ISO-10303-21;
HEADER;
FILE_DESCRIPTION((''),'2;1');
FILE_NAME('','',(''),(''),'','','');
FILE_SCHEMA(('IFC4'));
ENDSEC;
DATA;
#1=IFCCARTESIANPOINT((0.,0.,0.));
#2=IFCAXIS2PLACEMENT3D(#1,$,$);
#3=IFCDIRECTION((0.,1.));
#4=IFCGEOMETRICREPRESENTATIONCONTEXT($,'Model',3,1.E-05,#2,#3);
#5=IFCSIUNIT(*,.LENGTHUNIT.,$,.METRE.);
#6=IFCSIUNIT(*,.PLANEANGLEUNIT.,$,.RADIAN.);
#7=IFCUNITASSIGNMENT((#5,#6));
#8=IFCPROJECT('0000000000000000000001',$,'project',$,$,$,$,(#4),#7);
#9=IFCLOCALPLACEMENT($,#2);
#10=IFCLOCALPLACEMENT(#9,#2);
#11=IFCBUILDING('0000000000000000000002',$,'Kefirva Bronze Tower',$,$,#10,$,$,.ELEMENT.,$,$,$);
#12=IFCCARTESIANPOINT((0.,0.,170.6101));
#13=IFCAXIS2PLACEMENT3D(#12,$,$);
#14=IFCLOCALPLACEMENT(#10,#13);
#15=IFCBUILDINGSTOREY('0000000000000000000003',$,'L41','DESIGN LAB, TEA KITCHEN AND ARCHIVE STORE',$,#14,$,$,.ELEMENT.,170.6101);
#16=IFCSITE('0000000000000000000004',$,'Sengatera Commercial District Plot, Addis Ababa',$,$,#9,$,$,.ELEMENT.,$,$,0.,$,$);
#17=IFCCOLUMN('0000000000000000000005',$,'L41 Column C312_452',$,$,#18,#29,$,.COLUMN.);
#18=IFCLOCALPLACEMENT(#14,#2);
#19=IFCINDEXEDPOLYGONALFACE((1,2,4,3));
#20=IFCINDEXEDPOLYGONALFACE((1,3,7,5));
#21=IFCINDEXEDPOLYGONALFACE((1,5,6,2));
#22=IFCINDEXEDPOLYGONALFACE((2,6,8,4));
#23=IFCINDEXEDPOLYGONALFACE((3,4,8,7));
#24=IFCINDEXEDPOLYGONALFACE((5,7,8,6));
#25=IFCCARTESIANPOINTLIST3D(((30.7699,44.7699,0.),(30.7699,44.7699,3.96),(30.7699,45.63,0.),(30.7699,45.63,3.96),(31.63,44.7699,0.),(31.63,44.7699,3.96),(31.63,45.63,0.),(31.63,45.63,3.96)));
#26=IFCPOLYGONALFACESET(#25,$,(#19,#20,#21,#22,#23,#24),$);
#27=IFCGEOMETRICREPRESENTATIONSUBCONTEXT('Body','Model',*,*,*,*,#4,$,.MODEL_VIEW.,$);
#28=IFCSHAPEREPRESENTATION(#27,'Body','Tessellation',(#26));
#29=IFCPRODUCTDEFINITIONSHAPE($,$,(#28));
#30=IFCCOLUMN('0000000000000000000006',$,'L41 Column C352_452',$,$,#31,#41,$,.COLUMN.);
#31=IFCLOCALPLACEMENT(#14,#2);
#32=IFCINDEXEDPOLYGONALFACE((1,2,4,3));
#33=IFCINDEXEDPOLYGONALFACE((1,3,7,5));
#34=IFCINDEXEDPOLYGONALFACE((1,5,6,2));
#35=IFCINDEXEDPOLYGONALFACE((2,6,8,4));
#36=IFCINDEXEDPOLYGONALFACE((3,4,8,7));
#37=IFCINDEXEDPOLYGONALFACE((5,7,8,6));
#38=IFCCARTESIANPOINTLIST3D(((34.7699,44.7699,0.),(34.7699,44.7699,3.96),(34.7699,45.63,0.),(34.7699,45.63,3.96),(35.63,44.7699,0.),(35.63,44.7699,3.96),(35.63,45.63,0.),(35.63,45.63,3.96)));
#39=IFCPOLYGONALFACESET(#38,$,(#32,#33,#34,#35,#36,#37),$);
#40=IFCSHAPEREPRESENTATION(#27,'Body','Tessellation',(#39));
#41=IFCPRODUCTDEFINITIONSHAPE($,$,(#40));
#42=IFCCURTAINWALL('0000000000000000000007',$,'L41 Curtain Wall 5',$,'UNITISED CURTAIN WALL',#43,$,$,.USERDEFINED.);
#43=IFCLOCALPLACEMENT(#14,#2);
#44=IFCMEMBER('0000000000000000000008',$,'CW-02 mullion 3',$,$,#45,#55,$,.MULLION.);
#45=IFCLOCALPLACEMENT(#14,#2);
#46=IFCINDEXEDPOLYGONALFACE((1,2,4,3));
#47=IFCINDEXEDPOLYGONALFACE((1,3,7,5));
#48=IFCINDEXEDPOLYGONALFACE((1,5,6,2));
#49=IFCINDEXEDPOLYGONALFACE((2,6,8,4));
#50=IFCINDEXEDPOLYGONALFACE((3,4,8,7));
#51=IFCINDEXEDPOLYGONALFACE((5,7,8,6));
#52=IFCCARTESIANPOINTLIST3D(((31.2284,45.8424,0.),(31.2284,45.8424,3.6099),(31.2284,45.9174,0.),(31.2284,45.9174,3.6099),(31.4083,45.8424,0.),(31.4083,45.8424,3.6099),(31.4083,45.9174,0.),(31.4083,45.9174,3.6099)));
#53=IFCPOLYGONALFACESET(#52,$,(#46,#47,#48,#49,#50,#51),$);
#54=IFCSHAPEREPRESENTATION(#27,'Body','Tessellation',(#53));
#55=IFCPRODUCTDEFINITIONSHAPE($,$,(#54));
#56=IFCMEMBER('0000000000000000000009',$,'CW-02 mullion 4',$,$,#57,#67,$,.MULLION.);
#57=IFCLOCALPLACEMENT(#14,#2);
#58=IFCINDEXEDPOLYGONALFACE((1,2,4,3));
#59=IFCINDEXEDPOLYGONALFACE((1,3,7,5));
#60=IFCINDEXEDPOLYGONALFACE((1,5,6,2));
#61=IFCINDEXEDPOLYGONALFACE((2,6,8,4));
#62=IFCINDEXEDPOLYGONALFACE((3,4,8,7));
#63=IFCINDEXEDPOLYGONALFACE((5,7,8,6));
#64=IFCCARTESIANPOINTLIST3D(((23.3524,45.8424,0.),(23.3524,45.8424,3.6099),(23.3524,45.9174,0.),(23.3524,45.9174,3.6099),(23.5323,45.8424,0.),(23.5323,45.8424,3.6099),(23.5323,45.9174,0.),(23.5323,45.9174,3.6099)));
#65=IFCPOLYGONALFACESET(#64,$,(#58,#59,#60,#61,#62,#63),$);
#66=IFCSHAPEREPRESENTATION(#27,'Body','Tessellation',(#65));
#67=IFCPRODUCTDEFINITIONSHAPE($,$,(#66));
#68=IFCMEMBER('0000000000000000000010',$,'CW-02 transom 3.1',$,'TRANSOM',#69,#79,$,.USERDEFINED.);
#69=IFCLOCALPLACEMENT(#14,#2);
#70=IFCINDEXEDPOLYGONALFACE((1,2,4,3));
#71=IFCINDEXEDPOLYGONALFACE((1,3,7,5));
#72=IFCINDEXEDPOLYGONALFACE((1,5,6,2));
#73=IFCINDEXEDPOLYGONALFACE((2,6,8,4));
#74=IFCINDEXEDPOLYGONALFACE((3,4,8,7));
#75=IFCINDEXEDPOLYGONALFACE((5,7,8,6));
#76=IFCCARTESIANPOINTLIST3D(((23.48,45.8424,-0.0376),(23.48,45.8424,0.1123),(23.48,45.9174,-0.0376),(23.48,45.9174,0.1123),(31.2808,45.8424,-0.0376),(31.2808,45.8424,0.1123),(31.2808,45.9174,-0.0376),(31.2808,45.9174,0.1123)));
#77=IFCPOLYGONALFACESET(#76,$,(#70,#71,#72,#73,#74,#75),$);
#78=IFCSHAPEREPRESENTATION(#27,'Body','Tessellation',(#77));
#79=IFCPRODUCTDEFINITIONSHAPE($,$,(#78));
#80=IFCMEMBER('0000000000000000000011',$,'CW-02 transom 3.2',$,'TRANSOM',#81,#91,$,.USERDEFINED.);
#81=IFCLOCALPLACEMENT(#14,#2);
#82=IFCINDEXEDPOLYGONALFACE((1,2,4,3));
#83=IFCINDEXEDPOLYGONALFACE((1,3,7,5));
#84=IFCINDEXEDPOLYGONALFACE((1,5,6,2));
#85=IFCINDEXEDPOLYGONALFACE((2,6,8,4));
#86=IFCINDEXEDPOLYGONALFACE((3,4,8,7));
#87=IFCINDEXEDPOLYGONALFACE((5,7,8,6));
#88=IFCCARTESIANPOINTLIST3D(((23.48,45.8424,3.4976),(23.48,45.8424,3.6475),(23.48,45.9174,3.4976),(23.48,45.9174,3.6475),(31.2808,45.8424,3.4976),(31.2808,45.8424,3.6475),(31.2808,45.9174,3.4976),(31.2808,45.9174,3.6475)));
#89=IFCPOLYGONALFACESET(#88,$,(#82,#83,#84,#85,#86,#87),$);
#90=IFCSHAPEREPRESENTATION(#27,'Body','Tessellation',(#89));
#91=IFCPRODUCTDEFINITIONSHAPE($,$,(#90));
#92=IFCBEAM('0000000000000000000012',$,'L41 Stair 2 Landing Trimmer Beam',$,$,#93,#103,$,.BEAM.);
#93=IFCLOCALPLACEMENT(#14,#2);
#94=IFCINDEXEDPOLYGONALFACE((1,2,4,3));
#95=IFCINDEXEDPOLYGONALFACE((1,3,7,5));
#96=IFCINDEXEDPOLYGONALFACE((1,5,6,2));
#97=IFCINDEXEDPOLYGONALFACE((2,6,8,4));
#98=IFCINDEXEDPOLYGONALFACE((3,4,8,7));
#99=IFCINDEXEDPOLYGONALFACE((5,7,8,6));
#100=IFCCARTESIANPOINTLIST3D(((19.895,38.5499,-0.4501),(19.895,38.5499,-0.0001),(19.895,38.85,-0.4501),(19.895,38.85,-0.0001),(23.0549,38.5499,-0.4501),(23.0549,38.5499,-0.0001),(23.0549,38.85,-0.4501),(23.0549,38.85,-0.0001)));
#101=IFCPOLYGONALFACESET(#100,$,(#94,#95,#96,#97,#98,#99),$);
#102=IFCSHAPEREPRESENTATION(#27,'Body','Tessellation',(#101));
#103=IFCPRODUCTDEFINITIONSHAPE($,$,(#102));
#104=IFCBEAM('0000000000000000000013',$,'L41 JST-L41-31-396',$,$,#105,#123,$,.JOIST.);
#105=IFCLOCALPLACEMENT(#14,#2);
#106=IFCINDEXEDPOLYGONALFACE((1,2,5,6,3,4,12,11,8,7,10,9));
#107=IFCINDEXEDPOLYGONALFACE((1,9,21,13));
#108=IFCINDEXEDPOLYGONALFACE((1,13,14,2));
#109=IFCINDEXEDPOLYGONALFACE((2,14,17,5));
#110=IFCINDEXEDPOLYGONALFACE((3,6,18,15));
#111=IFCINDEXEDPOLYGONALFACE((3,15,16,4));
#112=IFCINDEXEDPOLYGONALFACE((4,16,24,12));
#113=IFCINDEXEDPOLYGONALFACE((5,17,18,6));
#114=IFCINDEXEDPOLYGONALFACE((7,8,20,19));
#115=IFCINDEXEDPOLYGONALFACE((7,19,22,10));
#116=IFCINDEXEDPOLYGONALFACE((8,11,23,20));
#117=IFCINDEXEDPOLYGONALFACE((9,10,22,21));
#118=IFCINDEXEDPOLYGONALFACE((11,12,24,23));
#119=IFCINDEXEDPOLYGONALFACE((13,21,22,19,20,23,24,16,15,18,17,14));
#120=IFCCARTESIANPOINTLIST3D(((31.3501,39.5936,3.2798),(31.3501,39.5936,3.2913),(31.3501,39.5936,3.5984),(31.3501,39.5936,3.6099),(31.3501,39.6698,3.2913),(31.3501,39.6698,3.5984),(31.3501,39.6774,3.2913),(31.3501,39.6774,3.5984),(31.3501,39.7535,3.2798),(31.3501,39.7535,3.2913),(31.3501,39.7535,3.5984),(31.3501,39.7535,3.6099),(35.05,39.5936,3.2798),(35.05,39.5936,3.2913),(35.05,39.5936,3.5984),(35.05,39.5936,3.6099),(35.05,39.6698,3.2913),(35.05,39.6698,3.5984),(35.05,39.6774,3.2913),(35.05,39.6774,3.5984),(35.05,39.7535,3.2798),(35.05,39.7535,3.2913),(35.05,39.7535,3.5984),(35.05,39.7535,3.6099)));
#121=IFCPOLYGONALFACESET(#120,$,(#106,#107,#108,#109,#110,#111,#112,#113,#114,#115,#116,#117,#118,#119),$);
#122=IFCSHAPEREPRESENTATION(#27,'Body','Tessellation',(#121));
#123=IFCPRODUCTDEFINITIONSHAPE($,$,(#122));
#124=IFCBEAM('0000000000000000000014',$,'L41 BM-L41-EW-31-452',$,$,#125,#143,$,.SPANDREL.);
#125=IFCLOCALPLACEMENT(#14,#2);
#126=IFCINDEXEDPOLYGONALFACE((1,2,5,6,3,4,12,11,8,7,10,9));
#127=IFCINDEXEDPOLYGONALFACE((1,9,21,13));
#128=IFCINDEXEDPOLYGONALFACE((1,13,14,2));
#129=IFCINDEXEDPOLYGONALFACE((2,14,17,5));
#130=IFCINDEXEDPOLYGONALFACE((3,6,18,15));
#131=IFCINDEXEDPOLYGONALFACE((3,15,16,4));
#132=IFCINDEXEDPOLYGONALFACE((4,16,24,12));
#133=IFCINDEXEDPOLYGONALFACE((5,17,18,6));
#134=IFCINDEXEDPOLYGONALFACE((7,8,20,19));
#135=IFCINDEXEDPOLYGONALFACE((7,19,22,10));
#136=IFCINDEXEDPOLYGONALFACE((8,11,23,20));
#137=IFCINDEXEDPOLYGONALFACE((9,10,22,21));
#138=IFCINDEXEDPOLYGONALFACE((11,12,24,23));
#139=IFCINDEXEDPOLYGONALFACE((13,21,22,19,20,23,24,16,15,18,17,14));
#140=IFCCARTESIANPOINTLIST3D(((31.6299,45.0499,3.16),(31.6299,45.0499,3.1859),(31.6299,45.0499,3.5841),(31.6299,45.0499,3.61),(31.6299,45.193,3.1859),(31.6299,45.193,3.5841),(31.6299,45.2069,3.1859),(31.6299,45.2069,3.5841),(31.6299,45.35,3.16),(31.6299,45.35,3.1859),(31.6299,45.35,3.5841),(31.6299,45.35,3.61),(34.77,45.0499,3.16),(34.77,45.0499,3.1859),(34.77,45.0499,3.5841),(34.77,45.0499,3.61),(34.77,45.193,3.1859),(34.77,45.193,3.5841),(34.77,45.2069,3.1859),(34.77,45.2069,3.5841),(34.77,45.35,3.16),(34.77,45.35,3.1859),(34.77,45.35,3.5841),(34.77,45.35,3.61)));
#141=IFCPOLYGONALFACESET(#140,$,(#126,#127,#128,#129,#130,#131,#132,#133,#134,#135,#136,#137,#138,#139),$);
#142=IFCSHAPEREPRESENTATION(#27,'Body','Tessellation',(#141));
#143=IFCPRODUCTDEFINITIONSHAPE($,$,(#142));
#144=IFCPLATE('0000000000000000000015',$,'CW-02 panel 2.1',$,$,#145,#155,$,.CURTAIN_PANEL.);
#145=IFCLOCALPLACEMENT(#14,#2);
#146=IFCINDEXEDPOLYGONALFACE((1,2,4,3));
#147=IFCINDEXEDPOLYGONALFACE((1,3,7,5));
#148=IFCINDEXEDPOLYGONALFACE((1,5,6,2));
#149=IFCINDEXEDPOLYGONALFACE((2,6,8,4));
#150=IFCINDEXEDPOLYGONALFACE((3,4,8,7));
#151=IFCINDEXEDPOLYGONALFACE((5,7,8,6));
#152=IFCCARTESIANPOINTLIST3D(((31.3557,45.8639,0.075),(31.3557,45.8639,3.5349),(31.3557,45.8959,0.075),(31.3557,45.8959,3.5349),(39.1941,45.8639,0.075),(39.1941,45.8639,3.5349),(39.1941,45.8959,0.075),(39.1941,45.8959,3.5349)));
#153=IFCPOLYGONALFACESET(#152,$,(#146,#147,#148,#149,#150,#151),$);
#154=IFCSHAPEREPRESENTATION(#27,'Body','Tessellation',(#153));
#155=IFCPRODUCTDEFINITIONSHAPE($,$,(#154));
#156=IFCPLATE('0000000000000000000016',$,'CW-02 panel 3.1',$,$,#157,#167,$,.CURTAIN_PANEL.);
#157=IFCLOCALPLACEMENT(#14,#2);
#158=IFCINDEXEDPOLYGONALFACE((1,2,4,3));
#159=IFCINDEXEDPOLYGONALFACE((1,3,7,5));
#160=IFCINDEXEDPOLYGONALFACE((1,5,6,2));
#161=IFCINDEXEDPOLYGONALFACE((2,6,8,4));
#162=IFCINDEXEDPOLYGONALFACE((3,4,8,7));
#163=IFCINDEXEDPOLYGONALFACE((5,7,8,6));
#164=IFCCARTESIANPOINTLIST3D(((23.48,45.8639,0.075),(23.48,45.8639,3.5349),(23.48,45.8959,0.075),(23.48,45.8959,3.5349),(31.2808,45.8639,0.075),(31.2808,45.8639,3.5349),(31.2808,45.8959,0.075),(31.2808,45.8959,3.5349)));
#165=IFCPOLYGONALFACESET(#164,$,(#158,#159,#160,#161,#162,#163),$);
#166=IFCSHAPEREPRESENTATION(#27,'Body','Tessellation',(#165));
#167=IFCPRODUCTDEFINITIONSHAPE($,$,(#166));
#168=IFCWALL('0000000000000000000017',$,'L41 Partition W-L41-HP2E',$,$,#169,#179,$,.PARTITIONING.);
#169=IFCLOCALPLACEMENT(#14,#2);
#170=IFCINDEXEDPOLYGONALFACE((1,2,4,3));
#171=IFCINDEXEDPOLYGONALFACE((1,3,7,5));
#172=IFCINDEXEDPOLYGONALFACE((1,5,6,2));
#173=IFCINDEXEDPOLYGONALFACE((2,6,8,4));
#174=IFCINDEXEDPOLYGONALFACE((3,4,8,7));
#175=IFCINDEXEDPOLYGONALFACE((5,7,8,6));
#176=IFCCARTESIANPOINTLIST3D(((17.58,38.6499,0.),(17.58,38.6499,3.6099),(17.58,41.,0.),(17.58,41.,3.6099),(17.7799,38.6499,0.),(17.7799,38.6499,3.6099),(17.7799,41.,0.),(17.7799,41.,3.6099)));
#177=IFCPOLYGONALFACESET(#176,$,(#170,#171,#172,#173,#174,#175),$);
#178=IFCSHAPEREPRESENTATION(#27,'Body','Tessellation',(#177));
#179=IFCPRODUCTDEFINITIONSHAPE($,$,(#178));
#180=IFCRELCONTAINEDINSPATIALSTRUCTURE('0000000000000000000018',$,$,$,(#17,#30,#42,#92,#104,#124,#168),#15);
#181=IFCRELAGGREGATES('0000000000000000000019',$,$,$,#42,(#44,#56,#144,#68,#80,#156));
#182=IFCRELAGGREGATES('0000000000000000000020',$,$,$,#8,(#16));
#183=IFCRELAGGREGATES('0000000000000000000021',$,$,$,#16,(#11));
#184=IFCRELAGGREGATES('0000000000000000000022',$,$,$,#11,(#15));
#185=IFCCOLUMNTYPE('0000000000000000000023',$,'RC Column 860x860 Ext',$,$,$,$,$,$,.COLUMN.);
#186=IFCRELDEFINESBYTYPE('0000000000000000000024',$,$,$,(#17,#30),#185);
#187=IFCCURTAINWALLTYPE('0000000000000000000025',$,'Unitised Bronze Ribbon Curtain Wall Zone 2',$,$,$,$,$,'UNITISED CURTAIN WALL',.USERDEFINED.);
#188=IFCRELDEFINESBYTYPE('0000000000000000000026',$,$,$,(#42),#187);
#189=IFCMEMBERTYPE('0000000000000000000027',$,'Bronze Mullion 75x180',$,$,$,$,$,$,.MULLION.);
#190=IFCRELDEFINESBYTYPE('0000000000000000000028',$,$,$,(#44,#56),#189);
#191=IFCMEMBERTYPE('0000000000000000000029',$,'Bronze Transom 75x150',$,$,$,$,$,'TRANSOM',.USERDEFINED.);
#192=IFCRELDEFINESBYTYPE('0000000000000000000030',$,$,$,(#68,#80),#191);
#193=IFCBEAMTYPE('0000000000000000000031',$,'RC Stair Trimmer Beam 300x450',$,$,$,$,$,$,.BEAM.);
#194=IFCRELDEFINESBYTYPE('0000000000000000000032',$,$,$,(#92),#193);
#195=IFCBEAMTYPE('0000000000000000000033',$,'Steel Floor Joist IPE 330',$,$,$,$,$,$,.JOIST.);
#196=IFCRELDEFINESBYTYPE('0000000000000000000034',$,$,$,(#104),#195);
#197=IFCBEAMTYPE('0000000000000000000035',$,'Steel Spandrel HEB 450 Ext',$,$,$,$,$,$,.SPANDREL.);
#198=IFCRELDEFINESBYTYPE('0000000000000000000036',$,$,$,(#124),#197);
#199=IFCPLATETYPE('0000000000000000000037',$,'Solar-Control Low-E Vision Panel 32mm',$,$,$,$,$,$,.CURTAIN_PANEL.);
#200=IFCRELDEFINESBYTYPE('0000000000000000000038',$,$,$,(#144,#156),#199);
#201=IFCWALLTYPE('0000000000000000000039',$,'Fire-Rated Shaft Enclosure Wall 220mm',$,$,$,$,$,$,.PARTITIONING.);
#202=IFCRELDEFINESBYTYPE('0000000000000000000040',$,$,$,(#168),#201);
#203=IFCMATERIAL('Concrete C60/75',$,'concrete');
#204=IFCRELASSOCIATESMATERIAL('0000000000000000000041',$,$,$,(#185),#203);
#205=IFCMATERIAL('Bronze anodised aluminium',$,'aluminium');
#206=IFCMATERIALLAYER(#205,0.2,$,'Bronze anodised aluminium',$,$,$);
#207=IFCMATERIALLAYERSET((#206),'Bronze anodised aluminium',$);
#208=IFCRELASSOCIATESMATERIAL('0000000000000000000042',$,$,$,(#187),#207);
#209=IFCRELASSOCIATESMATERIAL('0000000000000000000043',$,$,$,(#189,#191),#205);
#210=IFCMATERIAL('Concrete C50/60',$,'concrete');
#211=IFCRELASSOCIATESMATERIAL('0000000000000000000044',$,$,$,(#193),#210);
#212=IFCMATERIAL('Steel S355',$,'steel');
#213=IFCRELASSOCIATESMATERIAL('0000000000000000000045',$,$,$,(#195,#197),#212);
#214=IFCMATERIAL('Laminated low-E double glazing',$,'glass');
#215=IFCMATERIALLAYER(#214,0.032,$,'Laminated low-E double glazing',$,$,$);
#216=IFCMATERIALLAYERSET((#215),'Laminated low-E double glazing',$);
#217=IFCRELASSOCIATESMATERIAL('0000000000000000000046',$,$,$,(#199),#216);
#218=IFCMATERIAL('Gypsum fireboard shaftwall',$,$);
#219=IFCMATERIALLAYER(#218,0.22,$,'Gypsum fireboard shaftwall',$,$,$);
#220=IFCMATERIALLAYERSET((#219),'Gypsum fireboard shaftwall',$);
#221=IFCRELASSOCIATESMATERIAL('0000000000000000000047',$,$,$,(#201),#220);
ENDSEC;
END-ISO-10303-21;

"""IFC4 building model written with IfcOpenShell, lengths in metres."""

from ifc_helpers import new_model, si_unit, direction, frame, frame_2d, origin, origin_2d, place, context, subcontext, project, spatial, rectangle, i_section, extrude, material, layer, layer_set, material_profile, profile_set, type_object, element, aggregate, save


model = new_model("IFC4")

# Units and contexts
model_context = context("Model", 3, precision=1e-05, world=origin(), true_north=direction((0.0, 1.0)))
body_context = subcontext(model_context, "Body", "Model", "MODEL_VIEW")
ifc_project = project(units=[si_unit("LENGTHUNIT", "METRE"), si_unit("PLANEANGLEUNIT", "RADIAN")], contexts=[model_context])

# Site, building, storey
site_placement = place(None, origin())
site = spatial("IfcSite", under=ifc_project, at=site_placement, Name="Sengatera Commercial District Plot, Addis Ababa", CompositionType="ELEMENT", RefElevation=0.0)
building_placement = place(site_placement, origin())
building = spatial("IfcBuilding", under=site, at=building_placement, Name="Kefirva Bronze Tower", CompositionType="ELEMENT")
storey_placement = place(building_placement, frame((0.0, 0.0, 170.6101)))
storey = spatial("IfcBuildingStorey", under=building, at=storey_placement, Name="L41", Description="DESIGN LAB, TEA KITCHEN AND ARCHIVE STORE", CompositionType="ELEMENT", Elevation=170.6101)

# Columns
ifc_material_1 = material(Name="Concrete C60/75", Category="concrete")
ifc_material_profile_1 = material_profile(ifc_material_1, rectangle(XDim=0.8601, YDim=0.8601, at=origin_2d()), Name="RC 860x860")
ifc_profile_set_1 = profile_set([ifc_material_profile_1], Name="Concrete C60/75")
column_type = type_object("IfcColumnType", Name="RC Column 860x860 Ext", PredefinedType="COLUMN", material=ifc_profile_set_1)
for number, where, z_axis, x_axis, name in (
    (1, (31.2, 45.2, 0.0), (0.0, 0.0, 1.0), (1.0, 0.0, 0.0), "L41 Column C312_452"),
    (2, (35.2, 45.2, 0.0), (0.0, 0.0, 1.0), (1.0, 0.0, 0.0), "L41 Column C352_452"),
):
    element("IfcColumn", number, at=place(storey_placement, frame(where, z_axis=z_axis, x_axis=x_axis)), inside=storey, type_object=column_type, Name=name, PredefinedType="COLUMN", context=body_context, shape_type="SweptSolid", body=[
        extrude(rectangle(XDim=0.8601, YDim=0.8601, at=origin_2d()), origin(), (0.0, 0.0, 1.0), 3.96),
    ])

# Curtain wall, members
ifc_material_2 = material(Name="Bronze anodised aluminium", Category="aluminium")
ifc_layer_1 = layer(ifc_material_2, 0.2, Name="Bronze anodised aluminium")
ifc_layer_set_1 = layer_set([ifc_layer_1], Name="Bronze anodised aluminium")
curtain_wall_type = type_object("IfcCurtainWallType", Name="Unitised Bronze Ribbon Curtain Wall Zone 2", ElementType="UNITISED CURTAIN WALL", PredefinedType="USERDEFINED", material=ifc_layer_set_1)
curtain_wall_placement = place(storey_placement, origin())
curtain_wall = element("IfcCurtainWall", 3, at=curtain_wall_placement, inside=storey, type_object=curtain_wall_type, Name="L41 Curtain Wall 5", ObjectType="UNITISED CURTAIN WALL", PredefinedType="USERDEFINED")
ifc_material_profile_2 = material_profile(ifc_material_2, rectangle(XDim=0.075, YDim=0.1799, at=origin_2d()), Name="ALU 75x180")
ifc_profile_set_2 = profile_set([ifc_material_profile_2], Name="Bronze anodised aluminium")
member_type_1 = type_object("IfcMemberType", Name="Bronze Mullion 75x180", PredefinedType="MULLION", material=ifc_profile_set_2)
member_1_placement = place(storey_placement, frame((31.3184, 45.8799, 0.0), z_axis=(0.0, 0.0, 1.0), x_axis=(0.0, -1.0, 0.0)))
member_1 = element("IfcMember", 4, at=member_1_placement, type_object=member_type_1, Name="CW-02 mullion 3", PredefinedType="MULLION", context=body_context, shape_type="SweptSolid", body=[
    extrude(rectangle(XDim=0.075, YDim=0.1799, at=origin_2d()), origin(), (0.0, 0.0, 1.0), 3.6099),
])
member_2_placement = place(storey_placement, frame((23.4424, 45.8799, 0.0), z_axis=(0.0, 0.0, 1.0), x_axis=(0.0, -1.0, 0.0)))
member_2 = element("IfcMember", 5, at=member_2_placement, type_object=member_type_1, Name="CW-02 mullion 4", PredefinedType="MULLION", context=body_context, shape_type="SweptSolid", body=[
    extrude(rectangle(XDim=0.075, YDim=0.1799, at=origin_2d()), origin(), (0.0, 0.0, 1.0), 3.6099),
])
ifc_material_profile_3 = material_profile(ifc_material_2, rectangle(XDim=0.075, YDim=0.1499, at=origin_2d()), Name="ALU 75x150")
ifc_profile_set_3 = profile_set([ifc_material_profile_3], Name="Bronze anodised aluminium")
member_type_2 = type_object("IfcMemberType", Name="Bronze Transom 75x150", ElementType="TRANSOM", PredefinedType="USERDEFINED", material=ifc_profile_set_3)
member_3_placement = place(storey_placement, frame((31.2808, 45.8799, 0.0374), z_axis=(-1.0, 0.0, 0.0), x_axis=(0.0, -1.0, 0.0)))
member_3 = element("IfcMember", 6, at=member_3_placement, type_object=member_type_2, Name="CW-02 transom 3.1", ObjectType="TRANSOM", PredefinedType="USERDEFINED", context=body_context, shape_type="SweptSolid", body=[
    extrude(rectangle(XDim=0.075, YDim=0.1499, at=origin_2d()), origin(), (0.0, 0.0, 1.0), 7.8008),
])
member_4_placement = place(storey_placement, frame((31.2808, 45.8799, 3.5725), z_axis=(-1.0, 0.0, 0.0), x_axis=(0.0, -1.0, 0.0)))
member_4 = element("IfcMember", 7, at=member_4_placement, type_object=member_type_2, Name="CW-02 transom 3.2", ObjectType="TRANSOM", PredefinedType="USERDEFINED", context=body_context, shape_type="SweptSolid", body=[
    extrude(rectangle(XDim=0.075, YDim=0.1499, at=origin_2d()), origin(), (0.0, 0.0, 1.0), 7.8008),
])

# Beams
ifc_material_3 = material(Name="Concrete C50/60", Category="concrete")
ifc_material_profile_4 = material_profile(ifc_material_3, rectangle(XDim=0.3, YDim=0.45, at=origin_2d()), Name="RC 300x450")
ifc_profile_set_4 = profile_set([ifc_material_profile_4], Name="Concrete C50/60")
beam_type_1 = type_object("IfcBeamType", Name="RC Stair Trimmer Beam 300x450", PredefinedType="BEAM", material=ifc_profile_set_4)
beam_1_placement = place(storey_placement, frame((19.895, 38.7, -0.2251), z_axis=(1.0, 0.0, 0.0), x_axis=(0.0, 1.0, 0.0)))
element("IfcBeam", 8, at=beam_1_placement, inside=storey, type_object=beam_type_1, Name="L41 Stair 2 Landing Trimmer Beam", PredefinedType="BEAM", context=body_context, shape_type="SweptSolid", body=[
    extrude(rectangle(XDim=0.3, YDim=0.45, at=origin_2d()), origin(), (0.0, 0.0, 1.0), 3.1599),
])
ifc_material_4 = material(Name="Steel S355", Category="steel")
ifc_material_profile_5 = material_profile(ifc_material_4, i_section(OverallWidth=0.1599, OverallDepth=0.3301, WebThickness=0.0076, FlangeThickness=0.0115, at=origin_2d()), Name="IPE 330")
ifc_profile_set_5 = profile_set([ifc_material_profile_5], Name="Steel S355")
beam_type_2 = type_object("IfcBeamType", Name="Steel Floor Joist IPE 330", PredefinedType="JOIST", material=ifc_profile_set_5)
beam_2_placement = place(storey_placement, frame((31.3501, 39.6736, 3.4448), z_axis=(1.0, 0.0, 0.0), x_axis=(0.0, 1.0, 0.0)))
element("IfcBeam", 9, at=beam_2_placement, inside=storey, type_object=beam_type_2, Name="L41 JST-L41-31-396", PredefinedType="JOIST", context=body_context, shape_type="SweptSolid", body=[
    extrude(i_section(OverallWidth=0.1599, OverallDepth=0.3301, WebThickness=0.0076, FlangeThickness=0.0115, at=origin_2d()), origin(), (0.0, 0.0, 1.0), 3.7),
])
ifc_material_profile_6 = material_profile(ifc_material_4, i_section(OverallWidth=0.3, OverallDepth=0.45, WebThickness=0.0139, FlangeThickness=0.0259, at=origin_2d()), Name="HEB 450")
ifc_profile_set_6 = profile_set([ifc_material_profile_6], Name="Steel S355")
beam_type_3 = type_object("IfcBeamType", Name="Steel Spandrel HEB 450 Ext", PredefinedType="SPANDREL", material=ifc_profile_set_6)
beam_3_placement = place(storey_placement, frame((31.6299, 45.2, 3.385), z_axis=(1.0, 0.0, 0.0), x_axis=(0.0, 1.0, 0.0)))
element("IfcBeam", 10, at=beam_3_placement, inside=storey, type_object=beam_type_3, Name="L41 BM-L41-EW-31-452", PredefinedType="SPANDREL", context=body_context, shape_type="SweptSolid", body=[
    extrude(i_section(OverallWidth=0.3, OverallDepth=0.45, WebThickness=0.0139, FlangeThickness=0.0259, at=origin_2d()), origin(), (0.0, 0.0, 1.0), 3.1401),
])

# Plates
ifc_material_5 = material(Name="Laminated low-E double glazing", Category="glass")
ifc_layer_2 = layer(ifc_material_5, 0.032, Name="Laminated low-E double glazing")
ifc_layer_set_2 = layer_set([ifc_layer_2], Name="Laminated low-E double glazing")
plate_type = type_object("IfcPlateType", Name="Solar-Control Low-E Vision Panel 32mm", PredefinedType="CURTAIN_PANEL", material=ifc_layer_set_2)
plate_1_placement = place(storey_placement, frame((35.2749, 45.8799, 0.075), z_axis=(0.0, 0.0, 1.0), x_axis=(-1.0, 0.0, 0.0)))
plate_1 = element("IfcPlate", 11, at=plate_1_placement, type_object=plate_type, Name="CW-02 panel 2.1", PredefinedType="CURTAIN_PANEL", context=body_context, shape_type="SweptSolid", body=[
    extrude(rectangle(XDim=7.8384, YDim=0.032, at=origin_2d()), origin(), (0.0, 0.0, 1.0), 3.46),
])
plate_2_placement = place(storey_placement, frame((27.3804, 45.8799, 0.075), z_axis=(0.0, 0.0, 1.0), x_axis=(-1.0, 0.0, 0.0)))
plate_2 = element("IfcPlate", 12, at=plate_2_placement, type_object=plate_type, Name="CW-02 panel 3.1", PredefinedType="CURTAIN_PANEL", context=body_context, shape_type="SweptSolid", body=[
    extrude(rectangle(XDim=7.8008, YDim=0.032, at=origin_2d()), origin(), (0.0, 0.0, 1.0), 3.46),
])
aggregate(curtain_wall, [member_1, member_2, plate_1, member_3, member_4, plate_2])

# Wall
ifc_material_6 = material(Name="Gypsum fireboard shaftwall")
ifc_layer_3 = layer(ifc_material_6, 0.22, Name="Gypsum fireboard shaftwall")
ifc_layer_set_3 = layer_set([ifc_layer_3], Name="Gypsum fireboard shaftwall")
wall_type_1 = type_object("IfcWallType", Name="Fire-Rated Shaft Enclosure Wall 220mm", PredefinedType="PARTITIONING", material=ifc_layer_set_3)
wall_1_placement = place(storey_placement, frame((17.6799, 38.6499, 0.0), z_axis=(0.0, 0.0, 1.0), x_axis=(0.0, 1.0, 0.0)))
element("IfcWall", 13, at=wall_1_placement, inside=storey, type_object=wall_type_1, Name="L41 Partition W-L41-HP2E", PredefinedType="PARTITIONING", context=body_context, shape_type="SweptSolid", body=[
    extrude(rectangle(XDim=2.3501, YDim=0.2, at=frame_2d((1.175, 0.0))), origin(), (0.0, 0.0, 1.0), 3.6099),
])

save(model, "model.ifc")
